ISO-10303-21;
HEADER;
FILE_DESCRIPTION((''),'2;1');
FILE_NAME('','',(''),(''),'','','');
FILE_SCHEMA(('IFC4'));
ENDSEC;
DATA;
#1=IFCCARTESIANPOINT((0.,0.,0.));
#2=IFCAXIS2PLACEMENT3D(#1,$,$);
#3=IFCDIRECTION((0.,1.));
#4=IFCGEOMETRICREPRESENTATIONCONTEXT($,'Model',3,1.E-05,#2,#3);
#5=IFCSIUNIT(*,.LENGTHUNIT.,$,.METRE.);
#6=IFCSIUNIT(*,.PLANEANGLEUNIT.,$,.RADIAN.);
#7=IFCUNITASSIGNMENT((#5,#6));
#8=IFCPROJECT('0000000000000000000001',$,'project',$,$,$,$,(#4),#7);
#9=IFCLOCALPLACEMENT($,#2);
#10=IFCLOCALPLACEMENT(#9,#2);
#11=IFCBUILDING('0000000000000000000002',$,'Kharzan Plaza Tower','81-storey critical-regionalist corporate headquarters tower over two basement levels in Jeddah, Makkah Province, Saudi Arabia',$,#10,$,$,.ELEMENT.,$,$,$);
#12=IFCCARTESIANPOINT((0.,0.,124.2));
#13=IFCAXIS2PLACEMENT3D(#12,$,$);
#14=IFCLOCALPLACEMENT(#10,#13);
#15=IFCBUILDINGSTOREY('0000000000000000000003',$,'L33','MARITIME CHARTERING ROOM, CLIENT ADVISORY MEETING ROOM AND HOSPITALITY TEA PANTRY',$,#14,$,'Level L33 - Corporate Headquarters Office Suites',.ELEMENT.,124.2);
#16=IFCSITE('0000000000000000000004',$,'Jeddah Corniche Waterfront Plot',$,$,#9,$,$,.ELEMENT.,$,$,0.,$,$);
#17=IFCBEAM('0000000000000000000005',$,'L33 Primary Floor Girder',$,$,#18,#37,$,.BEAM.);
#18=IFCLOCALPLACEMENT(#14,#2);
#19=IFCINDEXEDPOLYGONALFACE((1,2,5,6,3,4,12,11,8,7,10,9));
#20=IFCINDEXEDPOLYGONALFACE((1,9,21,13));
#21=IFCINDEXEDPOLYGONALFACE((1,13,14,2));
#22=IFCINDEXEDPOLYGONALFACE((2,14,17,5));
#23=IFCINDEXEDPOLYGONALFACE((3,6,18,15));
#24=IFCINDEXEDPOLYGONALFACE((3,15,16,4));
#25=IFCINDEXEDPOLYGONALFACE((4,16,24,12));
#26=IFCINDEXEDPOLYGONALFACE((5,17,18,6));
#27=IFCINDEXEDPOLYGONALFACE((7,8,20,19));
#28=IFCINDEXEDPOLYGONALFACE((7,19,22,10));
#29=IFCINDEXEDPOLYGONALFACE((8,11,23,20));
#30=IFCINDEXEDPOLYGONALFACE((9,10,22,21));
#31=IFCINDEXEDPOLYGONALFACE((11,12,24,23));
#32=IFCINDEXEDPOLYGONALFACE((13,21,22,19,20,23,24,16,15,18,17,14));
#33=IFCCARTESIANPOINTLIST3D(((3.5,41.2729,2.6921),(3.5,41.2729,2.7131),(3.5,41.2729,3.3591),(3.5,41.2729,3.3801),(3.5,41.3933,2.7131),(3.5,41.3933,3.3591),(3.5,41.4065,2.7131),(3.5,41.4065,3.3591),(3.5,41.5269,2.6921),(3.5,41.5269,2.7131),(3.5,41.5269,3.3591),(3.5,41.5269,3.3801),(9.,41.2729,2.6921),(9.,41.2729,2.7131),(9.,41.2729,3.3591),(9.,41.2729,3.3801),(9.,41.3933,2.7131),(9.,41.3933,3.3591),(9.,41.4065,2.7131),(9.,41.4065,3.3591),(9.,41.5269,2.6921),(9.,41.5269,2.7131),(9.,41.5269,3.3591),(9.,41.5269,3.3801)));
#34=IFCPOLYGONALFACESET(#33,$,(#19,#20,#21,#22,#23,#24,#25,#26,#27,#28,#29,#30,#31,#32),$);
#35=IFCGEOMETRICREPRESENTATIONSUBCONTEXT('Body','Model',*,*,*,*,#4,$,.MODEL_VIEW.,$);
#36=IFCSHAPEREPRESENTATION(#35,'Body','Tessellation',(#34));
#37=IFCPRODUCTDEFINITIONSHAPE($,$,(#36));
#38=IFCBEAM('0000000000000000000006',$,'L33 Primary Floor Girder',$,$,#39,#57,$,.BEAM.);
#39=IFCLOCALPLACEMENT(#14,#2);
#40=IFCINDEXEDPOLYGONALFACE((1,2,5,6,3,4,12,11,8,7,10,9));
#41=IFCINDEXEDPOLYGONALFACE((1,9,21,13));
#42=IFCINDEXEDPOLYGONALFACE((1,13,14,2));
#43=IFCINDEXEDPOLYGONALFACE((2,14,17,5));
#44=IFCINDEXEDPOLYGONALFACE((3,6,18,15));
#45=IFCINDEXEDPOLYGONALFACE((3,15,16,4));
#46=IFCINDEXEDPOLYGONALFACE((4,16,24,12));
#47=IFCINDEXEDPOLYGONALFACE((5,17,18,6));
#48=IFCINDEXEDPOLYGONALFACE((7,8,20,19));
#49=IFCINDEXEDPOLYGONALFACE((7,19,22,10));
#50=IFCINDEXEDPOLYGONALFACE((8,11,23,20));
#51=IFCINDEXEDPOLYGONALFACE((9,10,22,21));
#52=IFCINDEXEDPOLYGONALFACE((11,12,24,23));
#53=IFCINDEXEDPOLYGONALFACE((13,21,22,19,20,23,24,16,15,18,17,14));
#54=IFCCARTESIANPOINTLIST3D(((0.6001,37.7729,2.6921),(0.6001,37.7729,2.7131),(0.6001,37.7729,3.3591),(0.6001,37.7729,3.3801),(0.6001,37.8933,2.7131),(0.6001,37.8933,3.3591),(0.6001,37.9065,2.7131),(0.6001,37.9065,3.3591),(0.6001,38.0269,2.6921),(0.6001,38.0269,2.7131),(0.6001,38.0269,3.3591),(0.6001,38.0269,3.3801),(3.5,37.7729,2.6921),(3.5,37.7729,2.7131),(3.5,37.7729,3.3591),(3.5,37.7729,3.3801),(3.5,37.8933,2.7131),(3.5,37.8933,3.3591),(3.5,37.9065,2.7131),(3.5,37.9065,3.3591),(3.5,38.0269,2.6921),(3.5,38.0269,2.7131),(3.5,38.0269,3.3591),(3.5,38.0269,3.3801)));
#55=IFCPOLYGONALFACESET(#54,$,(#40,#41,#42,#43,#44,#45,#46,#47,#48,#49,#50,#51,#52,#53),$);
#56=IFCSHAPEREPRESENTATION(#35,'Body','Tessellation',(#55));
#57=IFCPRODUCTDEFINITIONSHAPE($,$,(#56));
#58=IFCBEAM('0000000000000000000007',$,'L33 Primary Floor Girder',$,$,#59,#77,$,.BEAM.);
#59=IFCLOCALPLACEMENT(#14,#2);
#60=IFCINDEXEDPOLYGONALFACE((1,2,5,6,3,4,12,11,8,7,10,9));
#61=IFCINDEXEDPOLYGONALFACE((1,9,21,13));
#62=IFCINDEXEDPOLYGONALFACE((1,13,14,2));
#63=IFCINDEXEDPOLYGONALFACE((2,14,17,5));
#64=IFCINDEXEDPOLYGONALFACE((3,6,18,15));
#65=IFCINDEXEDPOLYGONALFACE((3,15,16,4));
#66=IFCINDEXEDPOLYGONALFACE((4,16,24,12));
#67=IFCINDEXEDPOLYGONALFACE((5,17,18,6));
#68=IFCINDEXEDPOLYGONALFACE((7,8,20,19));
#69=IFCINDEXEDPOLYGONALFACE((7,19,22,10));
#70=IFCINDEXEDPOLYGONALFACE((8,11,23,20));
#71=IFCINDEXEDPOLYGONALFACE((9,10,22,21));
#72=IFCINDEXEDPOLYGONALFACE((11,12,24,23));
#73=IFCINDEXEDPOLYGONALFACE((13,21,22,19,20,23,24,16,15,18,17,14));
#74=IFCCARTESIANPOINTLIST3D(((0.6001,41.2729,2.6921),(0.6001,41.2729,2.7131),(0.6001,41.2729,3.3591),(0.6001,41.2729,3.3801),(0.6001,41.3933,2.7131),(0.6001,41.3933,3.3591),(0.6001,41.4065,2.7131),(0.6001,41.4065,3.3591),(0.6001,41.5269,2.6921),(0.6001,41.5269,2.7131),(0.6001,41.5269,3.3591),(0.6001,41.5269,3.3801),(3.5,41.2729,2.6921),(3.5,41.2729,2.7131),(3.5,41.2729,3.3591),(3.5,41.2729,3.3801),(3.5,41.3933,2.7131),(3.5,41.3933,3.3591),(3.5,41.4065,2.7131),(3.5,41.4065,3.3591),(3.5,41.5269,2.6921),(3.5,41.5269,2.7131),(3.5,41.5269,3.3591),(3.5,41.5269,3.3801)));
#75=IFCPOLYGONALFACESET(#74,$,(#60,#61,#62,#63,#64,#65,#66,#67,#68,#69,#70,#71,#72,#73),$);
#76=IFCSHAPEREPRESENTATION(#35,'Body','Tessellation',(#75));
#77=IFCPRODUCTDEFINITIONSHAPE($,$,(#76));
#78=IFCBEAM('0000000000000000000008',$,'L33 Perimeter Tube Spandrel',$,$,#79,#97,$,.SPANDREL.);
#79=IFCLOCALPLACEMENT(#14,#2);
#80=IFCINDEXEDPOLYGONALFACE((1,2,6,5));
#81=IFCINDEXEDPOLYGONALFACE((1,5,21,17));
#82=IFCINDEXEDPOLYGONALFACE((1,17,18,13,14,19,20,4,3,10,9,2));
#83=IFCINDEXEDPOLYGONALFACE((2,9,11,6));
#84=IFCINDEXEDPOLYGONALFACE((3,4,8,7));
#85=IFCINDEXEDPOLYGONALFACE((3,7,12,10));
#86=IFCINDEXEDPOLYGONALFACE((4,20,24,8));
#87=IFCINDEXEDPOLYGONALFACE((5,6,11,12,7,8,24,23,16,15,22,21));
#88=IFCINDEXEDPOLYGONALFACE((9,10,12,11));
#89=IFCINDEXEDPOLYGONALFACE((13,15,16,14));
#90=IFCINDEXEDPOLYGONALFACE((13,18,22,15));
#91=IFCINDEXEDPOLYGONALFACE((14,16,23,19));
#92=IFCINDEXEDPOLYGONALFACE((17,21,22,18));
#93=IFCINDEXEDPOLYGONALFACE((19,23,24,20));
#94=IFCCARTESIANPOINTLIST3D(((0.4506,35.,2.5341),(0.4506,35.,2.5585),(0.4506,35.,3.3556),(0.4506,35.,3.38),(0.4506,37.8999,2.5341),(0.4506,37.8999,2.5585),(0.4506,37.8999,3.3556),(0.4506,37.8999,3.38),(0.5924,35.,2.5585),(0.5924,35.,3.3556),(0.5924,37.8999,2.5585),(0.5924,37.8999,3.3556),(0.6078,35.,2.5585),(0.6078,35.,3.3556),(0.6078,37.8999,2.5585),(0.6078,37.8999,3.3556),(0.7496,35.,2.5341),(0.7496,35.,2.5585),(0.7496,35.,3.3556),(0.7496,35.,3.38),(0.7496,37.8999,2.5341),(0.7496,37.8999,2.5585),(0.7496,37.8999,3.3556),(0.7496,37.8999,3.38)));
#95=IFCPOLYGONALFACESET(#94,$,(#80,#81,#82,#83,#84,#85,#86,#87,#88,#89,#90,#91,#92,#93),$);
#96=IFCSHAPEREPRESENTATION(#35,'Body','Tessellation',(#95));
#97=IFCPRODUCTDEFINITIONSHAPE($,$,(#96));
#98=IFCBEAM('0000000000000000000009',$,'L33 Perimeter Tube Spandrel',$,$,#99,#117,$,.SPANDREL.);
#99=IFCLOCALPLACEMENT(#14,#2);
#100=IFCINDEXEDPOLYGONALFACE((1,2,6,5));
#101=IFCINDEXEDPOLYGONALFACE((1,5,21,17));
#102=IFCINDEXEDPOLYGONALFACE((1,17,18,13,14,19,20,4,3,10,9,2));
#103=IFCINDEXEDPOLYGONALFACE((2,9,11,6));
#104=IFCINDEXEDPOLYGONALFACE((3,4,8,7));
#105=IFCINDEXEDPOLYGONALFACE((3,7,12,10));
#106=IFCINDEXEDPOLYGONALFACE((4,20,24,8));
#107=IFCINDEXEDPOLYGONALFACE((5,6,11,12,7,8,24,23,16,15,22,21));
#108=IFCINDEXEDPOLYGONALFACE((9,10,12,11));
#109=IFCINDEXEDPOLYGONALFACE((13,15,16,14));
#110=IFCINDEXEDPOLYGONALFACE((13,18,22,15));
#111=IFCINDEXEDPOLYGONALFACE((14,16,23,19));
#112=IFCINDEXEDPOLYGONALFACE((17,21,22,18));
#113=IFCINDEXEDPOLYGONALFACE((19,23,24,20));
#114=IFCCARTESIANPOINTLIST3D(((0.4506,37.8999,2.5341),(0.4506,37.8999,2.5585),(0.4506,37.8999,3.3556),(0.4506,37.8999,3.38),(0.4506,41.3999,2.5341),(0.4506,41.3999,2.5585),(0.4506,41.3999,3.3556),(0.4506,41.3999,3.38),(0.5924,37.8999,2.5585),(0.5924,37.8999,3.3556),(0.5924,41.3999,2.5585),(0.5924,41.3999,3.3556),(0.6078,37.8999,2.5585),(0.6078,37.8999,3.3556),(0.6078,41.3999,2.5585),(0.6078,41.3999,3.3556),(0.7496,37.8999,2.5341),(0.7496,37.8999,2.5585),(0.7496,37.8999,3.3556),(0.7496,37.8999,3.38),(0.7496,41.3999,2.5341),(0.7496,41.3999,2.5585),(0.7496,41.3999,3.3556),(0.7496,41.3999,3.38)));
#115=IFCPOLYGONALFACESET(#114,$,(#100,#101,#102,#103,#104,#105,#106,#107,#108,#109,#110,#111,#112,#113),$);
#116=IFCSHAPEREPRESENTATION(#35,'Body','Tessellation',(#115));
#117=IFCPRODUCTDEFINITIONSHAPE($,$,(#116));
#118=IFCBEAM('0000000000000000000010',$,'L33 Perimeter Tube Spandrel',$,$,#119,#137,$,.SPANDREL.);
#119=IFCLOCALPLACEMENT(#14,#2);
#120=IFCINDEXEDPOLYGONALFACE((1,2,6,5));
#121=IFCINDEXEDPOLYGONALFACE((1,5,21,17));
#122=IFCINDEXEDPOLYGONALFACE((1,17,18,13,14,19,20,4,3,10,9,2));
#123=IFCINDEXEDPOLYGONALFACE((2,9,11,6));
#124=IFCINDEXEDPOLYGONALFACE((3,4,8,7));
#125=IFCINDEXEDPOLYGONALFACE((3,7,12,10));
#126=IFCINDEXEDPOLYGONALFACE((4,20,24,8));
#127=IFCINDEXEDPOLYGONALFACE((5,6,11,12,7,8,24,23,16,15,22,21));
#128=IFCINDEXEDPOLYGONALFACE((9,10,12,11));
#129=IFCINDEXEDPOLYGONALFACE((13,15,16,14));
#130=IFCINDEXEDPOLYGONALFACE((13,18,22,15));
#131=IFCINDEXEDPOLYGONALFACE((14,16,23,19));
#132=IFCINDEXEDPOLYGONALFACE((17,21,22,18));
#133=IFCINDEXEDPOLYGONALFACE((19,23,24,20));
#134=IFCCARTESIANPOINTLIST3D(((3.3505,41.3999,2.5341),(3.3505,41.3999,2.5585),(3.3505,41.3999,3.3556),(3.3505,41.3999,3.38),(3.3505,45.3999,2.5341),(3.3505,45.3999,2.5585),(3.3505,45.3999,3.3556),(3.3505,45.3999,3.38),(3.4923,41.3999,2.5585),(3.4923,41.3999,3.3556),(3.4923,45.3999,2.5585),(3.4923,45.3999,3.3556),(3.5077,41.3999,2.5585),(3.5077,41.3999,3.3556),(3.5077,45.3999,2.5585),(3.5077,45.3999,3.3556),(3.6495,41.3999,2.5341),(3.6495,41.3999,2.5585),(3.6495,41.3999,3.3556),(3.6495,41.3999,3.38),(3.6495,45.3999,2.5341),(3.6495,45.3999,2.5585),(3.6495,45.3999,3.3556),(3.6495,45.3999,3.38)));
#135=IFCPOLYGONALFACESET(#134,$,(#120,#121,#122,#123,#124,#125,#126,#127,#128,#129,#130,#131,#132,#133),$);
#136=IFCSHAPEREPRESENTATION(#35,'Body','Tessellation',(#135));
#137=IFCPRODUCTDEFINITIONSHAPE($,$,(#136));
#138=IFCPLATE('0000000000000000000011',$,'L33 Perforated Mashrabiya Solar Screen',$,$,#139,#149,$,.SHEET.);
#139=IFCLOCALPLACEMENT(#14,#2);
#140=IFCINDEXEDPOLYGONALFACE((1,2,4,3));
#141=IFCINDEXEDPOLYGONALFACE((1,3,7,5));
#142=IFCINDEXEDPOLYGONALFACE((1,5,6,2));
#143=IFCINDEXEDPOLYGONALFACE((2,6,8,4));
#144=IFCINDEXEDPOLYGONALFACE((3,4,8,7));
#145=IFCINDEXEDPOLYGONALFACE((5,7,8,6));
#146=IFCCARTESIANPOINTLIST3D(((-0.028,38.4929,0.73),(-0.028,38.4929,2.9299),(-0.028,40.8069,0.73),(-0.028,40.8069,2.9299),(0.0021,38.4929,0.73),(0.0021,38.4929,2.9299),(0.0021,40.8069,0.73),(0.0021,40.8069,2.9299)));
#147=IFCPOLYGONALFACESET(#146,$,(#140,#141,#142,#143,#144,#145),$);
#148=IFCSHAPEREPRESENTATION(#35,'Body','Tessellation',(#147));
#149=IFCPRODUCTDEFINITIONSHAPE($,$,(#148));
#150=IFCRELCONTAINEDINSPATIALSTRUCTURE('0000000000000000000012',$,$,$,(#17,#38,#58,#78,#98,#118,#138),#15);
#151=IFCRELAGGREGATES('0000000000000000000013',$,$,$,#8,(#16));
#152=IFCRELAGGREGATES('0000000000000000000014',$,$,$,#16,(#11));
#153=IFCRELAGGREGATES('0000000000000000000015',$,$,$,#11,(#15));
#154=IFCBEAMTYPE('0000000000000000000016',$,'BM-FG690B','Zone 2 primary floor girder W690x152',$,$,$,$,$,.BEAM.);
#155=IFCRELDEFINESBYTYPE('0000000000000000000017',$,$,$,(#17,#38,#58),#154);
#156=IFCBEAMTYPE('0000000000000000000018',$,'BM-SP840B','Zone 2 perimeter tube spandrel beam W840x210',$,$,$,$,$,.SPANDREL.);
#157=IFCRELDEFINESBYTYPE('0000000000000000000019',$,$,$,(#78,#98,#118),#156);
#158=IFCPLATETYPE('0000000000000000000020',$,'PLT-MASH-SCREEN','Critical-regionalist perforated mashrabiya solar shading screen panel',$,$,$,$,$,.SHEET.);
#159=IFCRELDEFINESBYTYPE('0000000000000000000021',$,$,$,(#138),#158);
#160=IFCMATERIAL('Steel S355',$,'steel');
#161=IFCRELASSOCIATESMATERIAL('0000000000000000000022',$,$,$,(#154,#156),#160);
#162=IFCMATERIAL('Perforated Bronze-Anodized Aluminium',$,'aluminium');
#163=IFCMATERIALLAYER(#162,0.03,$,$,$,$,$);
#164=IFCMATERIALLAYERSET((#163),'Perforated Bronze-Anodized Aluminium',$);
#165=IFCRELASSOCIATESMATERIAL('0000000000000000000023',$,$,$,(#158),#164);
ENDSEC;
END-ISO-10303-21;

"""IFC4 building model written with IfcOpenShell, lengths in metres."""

from ifc_helpers import new_model, si_unit, direction, frame, origin, origin_2d, place, context, subcontext, project, spatial, rectangle, i_section, extrude, source, transform, mapped, material, layer, layer_set, material_profile, profile_set, type_object, element, save


model = new_model("IFC4")

# Units and contexts
model_context = context("Model", 3, precision=1e-05, world=origin(), true_north=direction((0.0, 1.0)))
body_context = subcontext(model_context, "Body", "Model", "MODEL_VIEW")
ifc_project = project(units=[si_unit("LENGTHUNIT", "METRE"), si_unit("PLANEANGLEUNIT", "RADIAN")], contexts=[model_context])

# Site, building, storey
site_placement = place(None, origin())
site = spatial("IfcSite", under=ifc_project, at=site_placement, Name="Jeddah Corniche Waterfront Plot", CompositionType="ELEMENT", RefElevation=0.0)
building_placement = place(site_placement, origin())
building = spatial("IfcBuilding", under=site, at=building_placement, Name="Kharzan Plaza Tower", Description="81-storey critical-regionalist corporate headquarters tower over two basement levels in Jeddah, Makkah Province, Saudi Arabia", CompositionType="ELEMENT")
storey_placement = place(building_placement, frame((0.0, 0.0, 124.2)))
storey = spatial("IfcBuildingStorey", under=building, at=storey_placement, Name="L33", Description="MARITIME CHARTERING ROOM, CLIENT ADVISORY MEETING ROOM AND HOSPITALITY TEA PANTRY", LongName="Level L33 - Corporate Headquarters Office Suites", CompositionType="ELEMENT", Elevation=124.2)

# Beams
ifc_material_1 = material(Name="Steel S355", Category="steel")
ifc_material_profile_1 = material_profile(ifc_material_1, i_section(OverallWidth=0.2539, OverallDepth=0.688, WebThickness=0.0132, FlangeThickness=0.021, at=origin_2d()), Name="W690x152")
ifc_profile_set_1 = profile_set([ifc_material_profile_1], Name="Steel S355")
beam_type_1 = type_object("IfcBeamType", Name="BM-FG690B", Description="Zone 2 primary floor girder W690x152", PredefinedType="BEAM", material=ifc_profile_set_1)
shared_shape_1 = source(origin(), body_context, "Body", "SweptSolid", [
    extrude(i_section(OverallWidth=0.2539, OverallDepth=0.688, WebThickness=0.0132, FlangeThickness=0.021, at=origin_2d()), origin(), (0.0, 0.0, 1.0), 5.5),
])
for number, where, z_axis, x_axis, name in (
    (1, (3.5, 41.3999, 3.0361), (1.0, 0.0, 0.0), (0.0, 1.0, 0.0), "L33 Primary Floor Girder"),
):
    element("IfcBeam", number, at=place(storey_placement, frame(where, z_axis=z_axis, x_axis=x_axis)), inside=storey, type_object=beam_type_1, Name=name, PredefinedType="BEAM", context=body_context, shape_type="MappedRepresentation", body=[
        mapped(shared_shape_1, transform((0.0, 0.0, 0.0), x_axis=(1.0, 0.0, 0.0), y_axis=(0.0, 1.0, 0.0), z_axis=(0.0, 0.0, 1.0))),
    ])
shared_shape_2 = source(origin(), body_context, "Body", "SweptSolid", [
    extrude(i_section(OverallWidth=0.2539, OverallDepth=0.688, WebThickness=0.0132, FlangeThickness=0.021, at=origin_2d()), origin(), (0.0, 0.0, 1.0), 2.8999),
])
for number, where, z_axis, x_axis, name in (
    (2, (0.6001, 37.8999, 3.0361), (1.0, 0.0, 0.0), (0.0, 1.0, 0.0), "L33 Primary Floor Girder"),
    (3, (0.6001, 41.3999, 3.0361), (1.0, 0.0, 0.0), (0.0, 1.0, 0.0), "L33 Primary Floor Girder"),
):
    element("IfcBeam", number, at=place(storey_placement, frame(where, z_axis=z_axis, x_axis=x_axis)), inside=storey, type_object=beam_type_1, Name=name, PredefinedType="BEAM", context=body_context, shape_type="MappedRepresentation", body=[
        mapped(shared_shape_2, transform((0.0, 0.0, 0.0), x_axis=(1.0, 0.0, 0.0), y_axis=(0.0, 1.0, 0.0), z_axis=(0.0, 0.0, 1.0))),
    ])
ifc_material_profile_2 = material_profile(ifc_material_1, i_section(OverallWidth=0.2991, OverallDepth=0.8459, WebThickness=0.0154, FlangeThickness=0.0244, at=origin_2d()), Name="W840x210")
ifc_profile_set_2 = profile_set([ifc_material_profile_2], Name="Steel S355")
beam_type_2 = type_object("IfcBeamType", Name="BM-SP840B", Description="Zone 2 perimeter tube spandrel beam W840x210", PredefinedType="SPANDREL", material=ifc_profile_set_2)
shared_shape_3 = source(origin(), body_context, "Body", "SweptSolid", [
    extrude(i_section(OverallWidth=0.2991, OverallDepth=0.8459, WebThickness=0.0154, FlangeThickness=0.0244, at=origin_2d()), origin(), (0.0, 0.0, 1.0), 2.8999),
])
beam_1_placement = place(storey_placement, frame((0.6001, 35.0, 2.957), z_axis=(0.0, 1.0, 0.0), x_axis=(-1.0, 0.0, 0.0)))
element("IfcBeam", 4, at=beam_1_placement, inside=storey, type_object=beam_type_2, Name="L33 Perimeter Tube Spandrel", PredefinedType="SPANDREL", context=body_context, shape_type="MappedRepresentation", body=[
    mapped(shared_shape_3, transform((0.0, 0.0, 0.0), x_axis=(1.0, 0.0, 0.0), y_axis=(0.0, 1.0, 0.0), z_axis=(0.0, 0.0, 1.0))),
])
shared_shape_4 = source(origin(), body_context, "Body", "SweptSolid", [
    extrude(i_section(OverallWidth=0.2991, OverallDepth=0.8459, WebThickness=0.0154, FlangeThickness=0.0244, at=origin_2d()), origin(), (0.0, 0.0, 1.0), 3.5),
])
beam_2_placement = place(storey_placement, frame((0.6001, 37.8999, 2.957), z_axis=(0.0, 1.0, 0.0), x_axis=(-1.0, 0.0, 0.0)))
element("IfcBeam", 5, at=beam_2_placement, inside=storey, type_object=beam_type_2, Name="L33 Perimeter Tube Spandrel", PredefinedType="SPANDREL", context=body_context, shape_type="MappedRepresentation", body=[
    mapped(shared_shape_4, transform((0.0, 0.0, 0.0), x_axis=(1.0, 0.0, 0.0), y_axis=(0.0, 1.0, 0.0), z_axis=(0.0, 0.0, 1.0))),
])
shared_shape_5 = source(origin(), body_context, "Body", "SweptSolid", [
    extrude(i_section(OverallWidth=0.2991, OverallDepth=0.8459, WebThickness=0.0154, FlangeThickness=0.0244, at=origin_2d()), origin(), (0.0, 0.0, 1.0), 4.0),
])
beam_3_placement = place(storey_placement, frame((3.5, 41.3999, 2.957), z_axis=(0.0, 1.0, 0.0), x_axis=(-1.0, 0.0, 0.0)))
element("IfcBeam", 6, at=beam_3_placement, inside=storey, type_object=beam_type_2, Name="L33 Perimeter Tube Spandrel", PredefinedType="SPANDREL", context=body_context, shape_type="MappedRepresentation", body=[
    mapped(shared_shape_5, transform((0.0, 0.0, 0.0), x_axis=(1.0, 0.0, 0.0), y_axis=(0.0, 1.0, 0.0), z_axis=(0.0, 0.0, 1.0))),
])

# Plate
ifc_material_2 = material(Name="Perforated Bronze-Anodized Aluminium", Category="aluminium")
ifc_layer_1 = layer(ifc_material_2, 0.03)
ifc_layer_set_1 = layer_set([ifc_layer_1], Name="Perforated Bronze-Anodized Aluminium")
plate_type = type_object("IfcPlateType", Name="PLT-MASH-SCREEN", Description="Critical-regionalist perforated mashrabiya solar shading screen panel", PredefinedType="SHEET", material=ifc_layer_set_1)
shared_shape_6 = source(origin(), body_context, "Body", "SweptSolid", [
    extrude(rectangle(XDim=2.314, YDim=0.03, at=origin_2d()), origin(), (0.0, 0.0, 1.0), 2.2),
])
plate_placement = place(storey_placement, frame((-0.0129, 39.6499, 0.73), z_axis=(0.0, 0.0, 1.0), x_axis=(0.0, -1.0, 0.0)))
element("IfcPlate", 7, at=plate_placement, inside=storey, type_object=plate_type, Name="L33 Perforated Mashrabiya Solar Screen", PredefinedType="SHEET", context=body_context, shape_type="MappedRepresentation", body=[
    mapped(shared_shape_6, transform((0.0, 0.0, 0.0), x_axis=(1.0, 0.0, 0.0), y_axis=(0.0, 1.0, 0.0), z_axis=(0.0, 0.0, 1.0))),
])

save(model, "model.ifc")
